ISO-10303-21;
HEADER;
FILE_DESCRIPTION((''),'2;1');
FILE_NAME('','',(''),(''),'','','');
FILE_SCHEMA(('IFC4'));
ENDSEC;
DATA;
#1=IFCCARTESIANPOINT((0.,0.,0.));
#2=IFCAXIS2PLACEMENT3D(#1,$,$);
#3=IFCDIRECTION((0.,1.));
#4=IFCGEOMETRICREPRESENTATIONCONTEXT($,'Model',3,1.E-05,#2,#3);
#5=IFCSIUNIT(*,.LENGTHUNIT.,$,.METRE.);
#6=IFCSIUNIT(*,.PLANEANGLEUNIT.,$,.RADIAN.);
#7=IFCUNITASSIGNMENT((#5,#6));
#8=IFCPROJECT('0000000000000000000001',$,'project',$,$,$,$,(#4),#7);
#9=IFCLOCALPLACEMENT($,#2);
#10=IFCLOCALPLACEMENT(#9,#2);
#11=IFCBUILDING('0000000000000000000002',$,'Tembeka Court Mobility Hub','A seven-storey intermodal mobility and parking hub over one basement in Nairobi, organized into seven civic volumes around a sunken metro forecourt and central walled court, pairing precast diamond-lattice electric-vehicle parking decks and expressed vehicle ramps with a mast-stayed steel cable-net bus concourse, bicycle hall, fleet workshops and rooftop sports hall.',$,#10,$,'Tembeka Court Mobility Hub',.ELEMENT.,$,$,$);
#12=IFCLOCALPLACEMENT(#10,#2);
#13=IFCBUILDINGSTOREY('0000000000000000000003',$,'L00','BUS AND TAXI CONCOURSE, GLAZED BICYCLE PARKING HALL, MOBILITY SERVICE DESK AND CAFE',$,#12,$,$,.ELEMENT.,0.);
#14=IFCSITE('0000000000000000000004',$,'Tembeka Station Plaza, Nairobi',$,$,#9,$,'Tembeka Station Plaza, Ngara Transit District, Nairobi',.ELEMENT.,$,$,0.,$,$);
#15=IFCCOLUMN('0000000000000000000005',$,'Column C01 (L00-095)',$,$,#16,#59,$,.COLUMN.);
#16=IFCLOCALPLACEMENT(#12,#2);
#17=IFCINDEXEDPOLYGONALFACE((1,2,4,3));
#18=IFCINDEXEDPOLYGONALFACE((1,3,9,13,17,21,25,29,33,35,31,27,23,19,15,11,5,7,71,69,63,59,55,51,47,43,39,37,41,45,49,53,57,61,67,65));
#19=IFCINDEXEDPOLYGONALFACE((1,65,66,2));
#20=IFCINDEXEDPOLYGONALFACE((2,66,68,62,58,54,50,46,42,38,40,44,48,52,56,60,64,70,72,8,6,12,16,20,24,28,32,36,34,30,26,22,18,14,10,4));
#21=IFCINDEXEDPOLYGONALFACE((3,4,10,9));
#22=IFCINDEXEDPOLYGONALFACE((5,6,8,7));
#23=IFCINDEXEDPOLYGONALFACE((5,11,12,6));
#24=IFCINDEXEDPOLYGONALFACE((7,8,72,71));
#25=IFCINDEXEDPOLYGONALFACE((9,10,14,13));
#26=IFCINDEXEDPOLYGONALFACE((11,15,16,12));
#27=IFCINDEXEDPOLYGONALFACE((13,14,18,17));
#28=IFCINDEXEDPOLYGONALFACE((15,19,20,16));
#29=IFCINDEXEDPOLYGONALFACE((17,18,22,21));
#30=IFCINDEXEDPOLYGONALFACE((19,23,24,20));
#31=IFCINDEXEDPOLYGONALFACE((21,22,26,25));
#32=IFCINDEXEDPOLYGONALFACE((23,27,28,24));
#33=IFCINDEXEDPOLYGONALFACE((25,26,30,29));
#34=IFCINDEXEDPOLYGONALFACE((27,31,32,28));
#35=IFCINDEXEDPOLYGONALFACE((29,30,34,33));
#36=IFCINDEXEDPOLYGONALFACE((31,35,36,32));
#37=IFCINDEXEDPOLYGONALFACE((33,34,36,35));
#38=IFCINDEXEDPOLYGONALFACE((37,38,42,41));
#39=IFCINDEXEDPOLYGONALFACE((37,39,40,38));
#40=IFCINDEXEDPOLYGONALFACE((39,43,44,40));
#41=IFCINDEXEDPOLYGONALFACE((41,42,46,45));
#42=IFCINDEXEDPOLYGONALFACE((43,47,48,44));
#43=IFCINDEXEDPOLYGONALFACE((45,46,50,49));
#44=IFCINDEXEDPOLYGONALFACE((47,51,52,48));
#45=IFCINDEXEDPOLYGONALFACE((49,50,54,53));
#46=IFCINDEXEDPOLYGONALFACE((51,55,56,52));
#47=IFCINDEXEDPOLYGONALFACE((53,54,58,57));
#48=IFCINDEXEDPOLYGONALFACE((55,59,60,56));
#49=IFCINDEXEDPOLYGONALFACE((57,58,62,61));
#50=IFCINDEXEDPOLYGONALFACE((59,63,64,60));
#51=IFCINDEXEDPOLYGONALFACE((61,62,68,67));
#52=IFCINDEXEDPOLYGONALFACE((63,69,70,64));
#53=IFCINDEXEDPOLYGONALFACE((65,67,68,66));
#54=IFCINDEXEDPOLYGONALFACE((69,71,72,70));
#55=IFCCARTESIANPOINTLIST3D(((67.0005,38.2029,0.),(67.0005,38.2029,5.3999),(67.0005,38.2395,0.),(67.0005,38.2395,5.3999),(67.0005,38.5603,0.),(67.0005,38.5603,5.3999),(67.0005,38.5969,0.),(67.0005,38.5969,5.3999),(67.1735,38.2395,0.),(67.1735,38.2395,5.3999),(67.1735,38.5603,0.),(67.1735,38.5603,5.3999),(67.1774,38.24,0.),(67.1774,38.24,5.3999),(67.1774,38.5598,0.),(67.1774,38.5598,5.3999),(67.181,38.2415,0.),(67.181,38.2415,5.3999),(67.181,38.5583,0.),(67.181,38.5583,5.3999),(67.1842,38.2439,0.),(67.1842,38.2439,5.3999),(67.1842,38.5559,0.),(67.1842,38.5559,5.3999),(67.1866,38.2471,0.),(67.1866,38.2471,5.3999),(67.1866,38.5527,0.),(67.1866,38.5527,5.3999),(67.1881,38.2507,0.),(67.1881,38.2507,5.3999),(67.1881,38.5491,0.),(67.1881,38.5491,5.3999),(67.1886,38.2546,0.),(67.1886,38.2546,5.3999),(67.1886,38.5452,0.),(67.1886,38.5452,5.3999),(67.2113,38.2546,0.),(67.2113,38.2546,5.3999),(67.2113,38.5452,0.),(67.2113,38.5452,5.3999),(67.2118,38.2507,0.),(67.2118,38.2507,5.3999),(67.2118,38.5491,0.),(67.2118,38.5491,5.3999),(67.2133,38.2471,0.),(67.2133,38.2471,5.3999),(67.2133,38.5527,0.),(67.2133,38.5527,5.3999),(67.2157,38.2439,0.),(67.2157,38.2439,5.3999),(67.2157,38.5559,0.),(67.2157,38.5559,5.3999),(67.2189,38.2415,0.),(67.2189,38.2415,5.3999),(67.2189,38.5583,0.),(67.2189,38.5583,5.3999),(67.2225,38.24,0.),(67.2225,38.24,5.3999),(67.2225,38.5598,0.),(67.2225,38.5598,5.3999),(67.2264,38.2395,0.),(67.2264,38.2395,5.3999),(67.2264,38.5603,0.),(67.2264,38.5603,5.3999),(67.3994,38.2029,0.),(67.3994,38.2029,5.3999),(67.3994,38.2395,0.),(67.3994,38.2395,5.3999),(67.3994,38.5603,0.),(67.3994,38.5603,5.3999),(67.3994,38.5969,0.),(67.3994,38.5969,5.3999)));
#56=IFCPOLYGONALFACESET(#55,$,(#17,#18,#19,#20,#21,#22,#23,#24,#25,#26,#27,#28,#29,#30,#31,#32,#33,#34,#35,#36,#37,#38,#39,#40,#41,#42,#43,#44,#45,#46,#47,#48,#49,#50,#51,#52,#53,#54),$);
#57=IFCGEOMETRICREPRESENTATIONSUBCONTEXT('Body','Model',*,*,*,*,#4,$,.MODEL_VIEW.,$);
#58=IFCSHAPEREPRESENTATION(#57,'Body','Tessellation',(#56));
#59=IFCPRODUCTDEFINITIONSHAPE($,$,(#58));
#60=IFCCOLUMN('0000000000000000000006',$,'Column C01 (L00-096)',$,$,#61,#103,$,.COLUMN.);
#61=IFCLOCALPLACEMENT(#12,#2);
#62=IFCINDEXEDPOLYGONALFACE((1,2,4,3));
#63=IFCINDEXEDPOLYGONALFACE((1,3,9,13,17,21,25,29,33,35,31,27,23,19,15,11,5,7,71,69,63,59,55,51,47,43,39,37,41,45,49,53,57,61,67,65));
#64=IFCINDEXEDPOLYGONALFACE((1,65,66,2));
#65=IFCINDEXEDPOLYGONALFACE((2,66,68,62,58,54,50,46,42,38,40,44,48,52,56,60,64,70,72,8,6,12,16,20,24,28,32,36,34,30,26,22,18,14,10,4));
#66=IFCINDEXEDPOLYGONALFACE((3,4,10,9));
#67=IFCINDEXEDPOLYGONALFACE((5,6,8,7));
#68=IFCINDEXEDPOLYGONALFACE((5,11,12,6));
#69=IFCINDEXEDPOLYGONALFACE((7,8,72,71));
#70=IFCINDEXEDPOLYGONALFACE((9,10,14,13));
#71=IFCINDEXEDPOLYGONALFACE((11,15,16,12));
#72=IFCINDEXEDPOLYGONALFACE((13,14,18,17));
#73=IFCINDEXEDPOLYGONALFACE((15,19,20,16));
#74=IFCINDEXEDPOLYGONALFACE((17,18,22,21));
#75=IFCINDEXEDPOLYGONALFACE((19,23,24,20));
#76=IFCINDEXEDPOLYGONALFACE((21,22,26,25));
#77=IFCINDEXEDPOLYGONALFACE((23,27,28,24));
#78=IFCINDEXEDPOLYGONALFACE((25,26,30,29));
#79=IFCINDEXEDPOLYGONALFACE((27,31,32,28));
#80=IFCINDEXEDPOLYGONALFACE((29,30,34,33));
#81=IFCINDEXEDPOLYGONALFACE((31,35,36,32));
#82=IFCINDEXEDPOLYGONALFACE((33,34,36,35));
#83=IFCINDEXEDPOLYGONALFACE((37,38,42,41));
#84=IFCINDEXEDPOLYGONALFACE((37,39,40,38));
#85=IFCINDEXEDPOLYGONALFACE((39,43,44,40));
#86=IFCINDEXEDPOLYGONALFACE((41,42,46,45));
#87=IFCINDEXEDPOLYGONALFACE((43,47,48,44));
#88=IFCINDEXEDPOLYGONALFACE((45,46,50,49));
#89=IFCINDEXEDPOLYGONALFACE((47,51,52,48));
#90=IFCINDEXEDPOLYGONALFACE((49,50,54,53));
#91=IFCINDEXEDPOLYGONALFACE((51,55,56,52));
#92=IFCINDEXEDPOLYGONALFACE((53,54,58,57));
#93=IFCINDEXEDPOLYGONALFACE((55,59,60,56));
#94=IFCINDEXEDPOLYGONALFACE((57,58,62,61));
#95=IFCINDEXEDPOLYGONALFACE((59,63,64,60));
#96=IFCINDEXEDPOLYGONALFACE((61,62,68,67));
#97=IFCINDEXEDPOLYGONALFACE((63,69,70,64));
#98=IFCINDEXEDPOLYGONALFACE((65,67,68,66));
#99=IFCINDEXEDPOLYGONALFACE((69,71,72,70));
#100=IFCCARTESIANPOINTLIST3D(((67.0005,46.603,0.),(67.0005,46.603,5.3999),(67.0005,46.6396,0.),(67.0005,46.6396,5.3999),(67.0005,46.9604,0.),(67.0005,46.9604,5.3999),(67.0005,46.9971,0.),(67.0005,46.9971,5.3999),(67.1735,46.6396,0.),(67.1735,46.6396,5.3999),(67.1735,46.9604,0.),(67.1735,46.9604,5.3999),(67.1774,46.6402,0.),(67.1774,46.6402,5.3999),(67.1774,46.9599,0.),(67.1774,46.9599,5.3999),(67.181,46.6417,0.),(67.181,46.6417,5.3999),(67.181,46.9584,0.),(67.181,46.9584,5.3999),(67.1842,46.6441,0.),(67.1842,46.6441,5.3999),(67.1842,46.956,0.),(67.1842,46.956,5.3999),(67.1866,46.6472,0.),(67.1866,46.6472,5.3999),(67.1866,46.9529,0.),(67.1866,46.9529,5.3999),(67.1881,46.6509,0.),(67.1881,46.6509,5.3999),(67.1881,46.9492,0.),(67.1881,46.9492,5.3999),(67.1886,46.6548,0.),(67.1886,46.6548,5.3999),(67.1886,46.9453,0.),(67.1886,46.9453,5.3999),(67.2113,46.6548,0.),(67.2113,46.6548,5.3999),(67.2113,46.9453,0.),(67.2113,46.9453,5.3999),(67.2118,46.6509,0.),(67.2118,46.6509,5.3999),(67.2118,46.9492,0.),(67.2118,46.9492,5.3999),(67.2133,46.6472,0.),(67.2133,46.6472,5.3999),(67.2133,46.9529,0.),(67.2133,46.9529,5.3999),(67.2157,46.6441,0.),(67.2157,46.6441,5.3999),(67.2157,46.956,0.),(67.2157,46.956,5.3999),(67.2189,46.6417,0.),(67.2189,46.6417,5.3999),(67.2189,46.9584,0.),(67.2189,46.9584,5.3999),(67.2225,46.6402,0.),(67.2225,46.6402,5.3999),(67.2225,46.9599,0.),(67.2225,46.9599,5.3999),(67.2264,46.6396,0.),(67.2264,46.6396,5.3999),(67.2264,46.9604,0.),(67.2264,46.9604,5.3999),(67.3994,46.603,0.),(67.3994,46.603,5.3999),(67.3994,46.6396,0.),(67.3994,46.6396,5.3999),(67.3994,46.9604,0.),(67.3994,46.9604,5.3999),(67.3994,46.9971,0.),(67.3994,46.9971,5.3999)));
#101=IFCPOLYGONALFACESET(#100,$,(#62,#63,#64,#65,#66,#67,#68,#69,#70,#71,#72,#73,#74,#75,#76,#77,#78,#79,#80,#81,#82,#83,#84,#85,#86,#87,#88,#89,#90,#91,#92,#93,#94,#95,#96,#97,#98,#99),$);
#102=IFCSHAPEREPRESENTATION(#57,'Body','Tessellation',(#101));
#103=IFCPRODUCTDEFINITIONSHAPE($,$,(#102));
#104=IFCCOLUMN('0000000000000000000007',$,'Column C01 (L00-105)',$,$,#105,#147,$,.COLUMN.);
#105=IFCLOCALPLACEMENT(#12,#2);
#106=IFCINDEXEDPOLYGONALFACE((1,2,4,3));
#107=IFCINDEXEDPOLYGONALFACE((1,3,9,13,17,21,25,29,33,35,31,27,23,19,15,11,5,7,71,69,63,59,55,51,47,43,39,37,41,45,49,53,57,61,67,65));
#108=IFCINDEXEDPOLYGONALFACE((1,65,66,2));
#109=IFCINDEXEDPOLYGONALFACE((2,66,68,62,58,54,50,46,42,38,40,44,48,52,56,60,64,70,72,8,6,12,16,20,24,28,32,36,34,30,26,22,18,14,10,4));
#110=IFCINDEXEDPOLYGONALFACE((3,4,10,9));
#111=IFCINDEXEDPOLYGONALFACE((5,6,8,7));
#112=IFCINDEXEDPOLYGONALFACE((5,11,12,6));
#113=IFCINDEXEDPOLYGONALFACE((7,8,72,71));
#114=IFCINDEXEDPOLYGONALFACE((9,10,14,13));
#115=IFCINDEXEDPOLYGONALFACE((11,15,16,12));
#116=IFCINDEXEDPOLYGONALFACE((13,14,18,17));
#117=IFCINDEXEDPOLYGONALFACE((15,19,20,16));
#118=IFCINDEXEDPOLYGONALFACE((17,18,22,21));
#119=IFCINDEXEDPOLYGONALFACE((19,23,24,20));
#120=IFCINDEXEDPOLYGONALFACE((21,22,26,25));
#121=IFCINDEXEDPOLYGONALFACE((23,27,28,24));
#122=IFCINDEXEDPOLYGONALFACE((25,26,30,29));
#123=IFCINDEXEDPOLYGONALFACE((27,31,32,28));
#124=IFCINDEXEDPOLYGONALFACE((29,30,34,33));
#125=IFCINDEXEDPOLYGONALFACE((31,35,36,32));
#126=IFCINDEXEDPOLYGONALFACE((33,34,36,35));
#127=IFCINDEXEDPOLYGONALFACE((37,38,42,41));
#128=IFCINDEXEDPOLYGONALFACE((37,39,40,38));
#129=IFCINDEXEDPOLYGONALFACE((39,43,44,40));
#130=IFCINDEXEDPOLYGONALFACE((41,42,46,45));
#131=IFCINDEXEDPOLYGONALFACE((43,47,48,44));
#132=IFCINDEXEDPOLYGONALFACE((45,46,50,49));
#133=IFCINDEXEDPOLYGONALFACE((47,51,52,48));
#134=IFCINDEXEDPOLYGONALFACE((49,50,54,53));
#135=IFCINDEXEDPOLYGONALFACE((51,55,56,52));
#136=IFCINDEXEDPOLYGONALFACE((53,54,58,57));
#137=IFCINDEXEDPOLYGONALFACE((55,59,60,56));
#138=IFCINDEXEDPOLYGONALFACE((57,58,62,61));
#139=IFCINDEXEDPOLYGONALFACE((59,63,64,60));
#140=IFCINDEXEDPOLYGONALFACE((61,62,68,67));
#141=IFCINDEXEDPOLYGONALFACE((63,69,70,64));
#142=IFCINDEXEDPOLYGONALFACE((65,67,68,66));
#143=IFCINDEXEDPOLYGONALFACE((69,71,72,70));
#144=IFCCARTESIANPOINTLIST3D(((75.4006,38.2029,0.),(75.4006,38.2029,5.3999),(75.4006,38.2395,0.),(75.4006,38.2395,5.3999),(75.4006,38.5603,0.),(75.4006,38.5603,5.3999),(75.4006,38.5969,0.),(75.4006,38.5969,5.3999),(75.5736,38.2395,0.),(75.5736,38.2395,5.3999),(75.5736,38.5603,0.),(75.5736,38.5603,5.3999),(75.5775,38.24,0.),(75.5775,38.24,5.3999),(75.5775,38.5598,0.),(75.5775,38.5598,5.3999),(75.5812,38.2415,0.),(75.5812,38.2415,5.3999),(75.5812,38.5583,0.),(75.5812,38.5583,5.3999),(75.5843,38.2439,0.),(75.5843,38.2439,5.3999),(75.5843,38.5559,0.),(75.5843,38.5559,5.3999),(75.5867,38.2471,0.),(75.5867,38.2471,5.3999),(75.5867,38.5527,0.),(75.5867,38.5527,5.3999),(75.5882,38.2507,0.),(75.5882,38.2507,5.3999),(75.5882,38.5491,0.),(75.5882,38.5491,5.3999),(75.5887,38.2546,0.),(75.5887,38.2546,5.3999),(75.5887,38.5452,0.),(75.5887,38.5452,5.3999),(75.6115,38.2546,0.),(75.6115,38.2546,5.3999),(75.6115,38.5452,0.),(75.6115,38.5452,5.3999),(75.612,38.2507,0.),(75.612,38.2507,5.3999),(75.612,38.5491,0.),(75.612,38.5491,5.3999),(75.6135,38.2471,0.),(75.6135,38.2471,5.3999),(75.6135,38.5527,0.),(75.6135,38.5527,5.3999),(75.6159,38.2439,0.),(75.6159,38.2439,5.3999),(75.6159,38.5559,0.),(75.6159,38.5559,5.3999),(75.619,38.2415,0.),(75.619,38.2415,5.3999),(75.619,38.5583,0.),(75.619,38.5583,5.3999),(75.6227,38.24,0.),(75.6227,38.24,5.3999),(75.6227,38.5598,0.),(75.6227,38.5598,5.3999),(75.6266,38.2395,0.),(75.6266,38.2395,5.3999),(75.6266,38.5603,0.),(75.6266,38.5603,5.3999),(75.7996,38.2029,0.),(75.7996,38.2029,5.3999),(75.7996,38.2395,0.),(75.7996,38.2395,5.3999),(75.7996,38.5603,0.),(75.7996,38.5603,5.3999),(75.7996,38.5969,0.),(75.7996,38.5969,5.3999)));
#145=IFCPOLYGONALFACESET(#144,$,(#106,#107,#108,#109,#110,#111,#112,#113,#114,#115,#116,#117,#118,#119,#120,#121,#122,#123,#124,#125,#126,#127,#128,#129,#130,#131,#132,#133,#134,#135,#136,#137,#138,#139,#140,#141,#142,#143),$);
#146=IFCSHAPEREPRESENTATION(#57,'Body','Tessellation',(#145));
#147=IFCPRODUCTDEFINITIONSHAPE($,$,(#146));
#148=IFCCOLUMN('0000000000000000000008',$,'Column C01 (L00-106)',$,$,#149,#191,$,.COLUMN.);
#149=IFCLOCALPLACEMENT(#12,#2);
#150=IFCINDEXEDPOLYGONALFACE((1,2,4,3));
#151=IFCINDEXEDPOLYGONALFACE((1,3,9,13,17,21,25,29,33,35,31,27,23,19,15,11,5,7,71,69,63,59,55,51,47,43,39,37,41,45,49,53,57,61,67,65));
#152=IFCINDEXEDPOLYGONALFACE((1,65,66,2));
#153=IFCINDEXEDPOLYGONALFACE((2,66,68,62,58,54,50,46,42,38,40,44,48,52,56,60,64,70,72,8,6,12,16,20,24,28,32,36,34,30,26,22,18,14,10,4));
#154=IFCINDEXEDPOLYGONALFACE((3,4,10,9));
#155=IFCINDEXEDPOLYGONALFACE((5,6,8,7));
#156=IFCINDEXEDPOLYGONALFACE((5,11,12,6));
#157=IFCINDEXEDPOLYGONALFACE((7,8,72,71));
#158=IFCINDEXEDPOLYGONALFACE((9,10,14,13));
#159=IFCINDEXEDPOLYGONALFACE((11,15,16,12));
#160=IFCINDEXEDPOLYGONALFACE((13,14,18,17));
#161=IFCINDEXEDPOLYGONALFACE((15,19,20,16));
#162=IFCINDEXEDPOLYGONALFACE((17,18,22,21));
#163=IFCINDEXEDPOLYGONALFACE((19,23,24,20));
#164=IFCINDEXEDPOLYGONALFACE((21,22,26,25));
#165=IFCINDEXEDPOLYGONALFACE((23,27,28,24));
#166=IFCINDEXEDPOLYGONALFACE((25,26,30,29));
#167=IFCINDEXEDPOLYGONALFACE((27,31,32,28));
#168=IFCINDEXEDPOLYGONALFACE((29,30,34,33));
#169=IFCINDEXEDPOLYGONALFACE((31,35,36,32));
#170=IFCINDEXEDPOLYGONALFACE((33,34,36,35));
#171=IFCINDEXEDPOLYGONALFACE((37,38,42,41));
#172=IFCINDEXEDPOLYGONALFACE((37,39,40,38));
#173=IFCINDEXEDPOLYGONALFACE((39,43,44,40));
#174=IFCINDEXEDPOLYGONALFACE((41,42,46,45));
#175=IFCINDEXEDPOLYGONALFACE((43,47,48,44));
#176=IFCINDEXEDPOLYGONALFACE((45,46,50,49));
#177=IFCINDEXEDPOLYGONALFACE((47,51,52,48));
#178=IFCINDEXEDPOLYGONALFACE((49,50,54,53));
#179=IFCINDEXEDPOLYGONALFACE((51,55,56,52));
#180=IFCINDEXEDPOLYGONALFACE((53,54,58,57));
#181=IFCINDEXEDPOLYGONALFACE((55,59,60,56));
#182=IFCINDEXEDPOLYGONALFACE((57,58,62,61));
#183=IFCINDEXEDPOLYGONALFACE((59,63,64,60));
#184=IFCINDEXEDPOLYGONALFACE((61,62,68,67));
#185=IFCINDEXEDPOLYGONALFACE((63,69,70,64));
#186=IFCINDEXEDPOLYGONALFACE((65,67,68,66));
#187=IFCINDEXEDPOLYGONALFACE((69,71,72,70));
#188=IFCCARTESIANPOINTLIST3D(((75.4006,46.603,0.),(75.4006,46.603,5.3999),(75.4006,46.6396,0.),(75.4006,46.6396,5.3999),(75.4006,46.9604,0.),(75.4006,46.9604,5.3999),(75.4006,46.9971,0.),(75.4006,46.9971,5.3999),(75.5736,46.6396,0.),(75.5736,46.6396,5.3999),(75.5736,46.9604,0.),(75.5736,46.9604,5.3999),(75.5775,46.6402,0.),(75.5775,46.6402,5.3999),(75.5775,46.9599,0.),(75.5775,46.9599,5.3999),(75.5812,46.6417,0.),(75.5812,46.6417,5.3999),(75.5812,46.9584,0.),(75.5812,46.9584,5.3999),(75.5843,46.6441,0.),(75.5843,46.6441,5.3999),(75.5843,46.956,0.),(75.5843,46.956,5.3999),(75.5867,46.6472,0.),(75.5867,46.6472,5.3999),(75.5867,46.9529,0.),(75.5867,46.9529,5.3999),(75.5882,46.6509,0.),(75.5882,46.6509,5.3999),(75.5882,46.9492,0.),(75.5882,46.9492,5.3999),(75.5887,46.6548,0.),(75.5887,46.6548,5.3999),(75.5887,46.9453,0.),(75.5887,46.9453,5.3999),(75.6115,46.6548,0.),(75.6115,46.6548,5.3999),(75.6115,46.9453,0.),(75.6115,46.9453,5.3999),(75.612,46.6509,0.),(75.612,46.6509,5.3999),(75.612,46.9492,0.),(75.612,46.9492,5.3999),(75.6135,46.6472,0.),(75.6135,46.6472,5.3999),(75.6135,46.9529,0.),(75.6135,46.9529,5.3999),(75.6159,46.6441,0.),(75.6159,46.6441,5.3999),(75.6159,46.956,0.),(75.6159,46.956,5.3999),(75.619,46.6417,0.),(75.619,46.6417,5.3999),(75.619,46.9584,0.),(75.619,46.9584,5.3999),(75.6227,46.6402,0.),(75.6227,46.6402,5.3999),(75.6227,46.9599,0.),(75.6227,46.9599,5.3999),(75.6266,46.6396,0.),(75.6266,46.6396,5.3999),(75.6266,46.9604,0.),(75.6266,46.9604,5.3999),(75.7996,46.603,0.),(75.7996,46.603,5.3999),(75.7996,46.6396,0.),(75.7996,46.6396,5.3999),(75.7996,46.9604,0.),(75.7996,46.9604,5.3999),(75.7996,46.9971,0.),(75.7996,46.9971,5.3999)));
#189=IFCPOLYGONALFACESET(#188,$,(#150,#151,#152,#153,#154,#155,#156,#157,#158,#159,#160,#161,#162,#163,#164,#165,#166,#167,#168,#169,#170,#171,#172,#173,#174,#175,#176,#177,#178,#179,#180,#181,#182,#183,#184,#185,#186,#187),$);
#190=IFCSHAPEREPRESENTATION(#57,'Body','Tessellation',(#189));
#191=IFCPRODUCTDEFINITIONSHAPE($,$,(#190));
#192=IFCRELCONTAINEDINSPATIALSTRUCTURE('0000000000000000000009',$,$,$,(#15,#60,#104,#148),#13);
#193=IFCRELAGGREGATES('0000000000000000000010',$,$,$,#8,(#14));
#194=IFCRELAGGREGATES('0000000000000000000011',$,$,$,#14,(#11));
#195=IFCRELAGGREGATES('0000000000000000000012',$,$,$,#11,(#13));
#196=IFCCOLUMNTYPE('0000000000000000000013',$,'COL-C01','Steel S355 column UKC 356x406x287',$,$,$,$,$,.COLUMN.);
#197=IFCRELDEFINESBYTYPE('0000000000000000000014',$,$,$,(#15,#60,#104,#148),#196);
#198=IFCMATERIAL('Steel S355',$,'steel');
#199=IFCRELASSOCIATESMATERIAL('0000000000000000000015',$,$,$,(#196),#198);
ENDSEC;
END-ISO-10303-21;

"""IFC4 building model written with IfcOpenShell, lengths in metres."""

from ifc_helpers import new_model, si_unit, direction, frame, origin, origin_2d, place, context, subcontext, project, spatial, i_section, extrude, material, material_profile, profile_set, type_object, element, save


model = new_model("IFC4")

# Units and contexts
model_context = context("Model", 3, precision=1e-05, world=origin(), true_north=direction((0.0, 1.0)))
body_context = subcontext(model_context, "Body", "Model", "MODEL_VIEW")
ifc_project = project(units=[si_unit("LENGTHUNIT", "METRE"), si_unit("PLANEANGLEUNIT", "RADIAN")], contexts=[model_context])

# Site, building, storey
site_placement = place(None, origin())
site = spatial("IfcSite", under=ifc_project, at=site_placement, Name="Tembeka Station Plaza, Nairobi", LongName="Tembeka Station Plaza, Ngara Transit District, Nairobi", CompositionType="ELEMENT", RefElevation=0.0)
building_placement = place(site_placement, origin())
building = spatial("IfcBuilding", under=site, at=building_placement, Name="Tembeka Court Mobility Hub", Description="A seven-storey intermodal mobility and parking hub over one basement in Nairobi, organized into seven civic volumes around a sunken metro forecourt and central walled court, pairing precast diamond-lattice electric-vehicle parking decks and expressed vehicle ramps with a mast-stayed steel cable-net bus concourse, bicycle hall, fleet workshops and rooftop sports hall.", LongName="Tembeka Court Mobility Hub", CompositionType="ELEMENT")
storey_placement = place(building_placement, origin())
storey = spatial("IfcBuildingStorey", under=building, at=storey_placement, Name="L00", Description="BUS AND TAXI CONCOURSE, GLAZED BICYCLE PARKING HALL, MOBILITY SERVICE DESK AND CAFE", CompositionType="ELEMENT", Elevation=0.0)

# Columns
ifc_material_1 = material(Name="Steel S355", Category="steel")
ifc_material_profile_1 = material_profile(ifc_material_1, i_section(OverallWidth=0.3989, OverallDepth=0.394, WebThickness=0.0227, FlangeThickness=0.0366, FilletRadius=0.0151, at=origin_2d()), Name="UKC 356x406x287")
ifc_profile_set_1 = profile_set([ifc_material_profile_1], Name="Steel S355")
column_type = type_object("IfcColumnType", Name="COL-C01", Description="Steel S355 column UKC 356x406x287", PredefinedType="COLUMN", material=ifc_profile_set_1)
for number, where, z_axis, x_axis, name in (
    (1, (67.2, 38.3999, 0.0), (0.0, 0.0, 1.0), (1.0, 0.0, 0.0), "Column C01 (L00-095)"),
    (2, (67.2, 46.8, 0.0), (0.0, 0.0, 1.0), (1.0, 0.0, 0.0), "Column C01 (L00-096)"),
    (3, (75.6001, 38.3999, 0.0), (0.0, 0.0, 1.0), (1.0, 0.0, 0.0), "Column C01 (L00-105)"),
    (4, (75.6001, 46.8, 0.0), (0.0, 0.0, 1.0), (1.0, 0.0, 0.0), "Column C01 (L00-106)"),
):
    element("IfcColumn", number, at=place(storey_placement, frame(where, z_axis=z_axis, x_axis=x_axis)), inside=storey, type_object=column_type, Name=name, PredefinedType="COLUMN", context=body_context, shape_type="SweptSolid", body=[
        extrude(i_section(OverallWidth=0.3989, OverallDepth=0.394, WebThickness=0.0227, FlangeThickness=0.0366, FilletRadius=0.0151, at=origin_2d()), origin(), (0.0, 0.0, 1.0), 5.3999),
    ])

save(model, "model.ifc")
